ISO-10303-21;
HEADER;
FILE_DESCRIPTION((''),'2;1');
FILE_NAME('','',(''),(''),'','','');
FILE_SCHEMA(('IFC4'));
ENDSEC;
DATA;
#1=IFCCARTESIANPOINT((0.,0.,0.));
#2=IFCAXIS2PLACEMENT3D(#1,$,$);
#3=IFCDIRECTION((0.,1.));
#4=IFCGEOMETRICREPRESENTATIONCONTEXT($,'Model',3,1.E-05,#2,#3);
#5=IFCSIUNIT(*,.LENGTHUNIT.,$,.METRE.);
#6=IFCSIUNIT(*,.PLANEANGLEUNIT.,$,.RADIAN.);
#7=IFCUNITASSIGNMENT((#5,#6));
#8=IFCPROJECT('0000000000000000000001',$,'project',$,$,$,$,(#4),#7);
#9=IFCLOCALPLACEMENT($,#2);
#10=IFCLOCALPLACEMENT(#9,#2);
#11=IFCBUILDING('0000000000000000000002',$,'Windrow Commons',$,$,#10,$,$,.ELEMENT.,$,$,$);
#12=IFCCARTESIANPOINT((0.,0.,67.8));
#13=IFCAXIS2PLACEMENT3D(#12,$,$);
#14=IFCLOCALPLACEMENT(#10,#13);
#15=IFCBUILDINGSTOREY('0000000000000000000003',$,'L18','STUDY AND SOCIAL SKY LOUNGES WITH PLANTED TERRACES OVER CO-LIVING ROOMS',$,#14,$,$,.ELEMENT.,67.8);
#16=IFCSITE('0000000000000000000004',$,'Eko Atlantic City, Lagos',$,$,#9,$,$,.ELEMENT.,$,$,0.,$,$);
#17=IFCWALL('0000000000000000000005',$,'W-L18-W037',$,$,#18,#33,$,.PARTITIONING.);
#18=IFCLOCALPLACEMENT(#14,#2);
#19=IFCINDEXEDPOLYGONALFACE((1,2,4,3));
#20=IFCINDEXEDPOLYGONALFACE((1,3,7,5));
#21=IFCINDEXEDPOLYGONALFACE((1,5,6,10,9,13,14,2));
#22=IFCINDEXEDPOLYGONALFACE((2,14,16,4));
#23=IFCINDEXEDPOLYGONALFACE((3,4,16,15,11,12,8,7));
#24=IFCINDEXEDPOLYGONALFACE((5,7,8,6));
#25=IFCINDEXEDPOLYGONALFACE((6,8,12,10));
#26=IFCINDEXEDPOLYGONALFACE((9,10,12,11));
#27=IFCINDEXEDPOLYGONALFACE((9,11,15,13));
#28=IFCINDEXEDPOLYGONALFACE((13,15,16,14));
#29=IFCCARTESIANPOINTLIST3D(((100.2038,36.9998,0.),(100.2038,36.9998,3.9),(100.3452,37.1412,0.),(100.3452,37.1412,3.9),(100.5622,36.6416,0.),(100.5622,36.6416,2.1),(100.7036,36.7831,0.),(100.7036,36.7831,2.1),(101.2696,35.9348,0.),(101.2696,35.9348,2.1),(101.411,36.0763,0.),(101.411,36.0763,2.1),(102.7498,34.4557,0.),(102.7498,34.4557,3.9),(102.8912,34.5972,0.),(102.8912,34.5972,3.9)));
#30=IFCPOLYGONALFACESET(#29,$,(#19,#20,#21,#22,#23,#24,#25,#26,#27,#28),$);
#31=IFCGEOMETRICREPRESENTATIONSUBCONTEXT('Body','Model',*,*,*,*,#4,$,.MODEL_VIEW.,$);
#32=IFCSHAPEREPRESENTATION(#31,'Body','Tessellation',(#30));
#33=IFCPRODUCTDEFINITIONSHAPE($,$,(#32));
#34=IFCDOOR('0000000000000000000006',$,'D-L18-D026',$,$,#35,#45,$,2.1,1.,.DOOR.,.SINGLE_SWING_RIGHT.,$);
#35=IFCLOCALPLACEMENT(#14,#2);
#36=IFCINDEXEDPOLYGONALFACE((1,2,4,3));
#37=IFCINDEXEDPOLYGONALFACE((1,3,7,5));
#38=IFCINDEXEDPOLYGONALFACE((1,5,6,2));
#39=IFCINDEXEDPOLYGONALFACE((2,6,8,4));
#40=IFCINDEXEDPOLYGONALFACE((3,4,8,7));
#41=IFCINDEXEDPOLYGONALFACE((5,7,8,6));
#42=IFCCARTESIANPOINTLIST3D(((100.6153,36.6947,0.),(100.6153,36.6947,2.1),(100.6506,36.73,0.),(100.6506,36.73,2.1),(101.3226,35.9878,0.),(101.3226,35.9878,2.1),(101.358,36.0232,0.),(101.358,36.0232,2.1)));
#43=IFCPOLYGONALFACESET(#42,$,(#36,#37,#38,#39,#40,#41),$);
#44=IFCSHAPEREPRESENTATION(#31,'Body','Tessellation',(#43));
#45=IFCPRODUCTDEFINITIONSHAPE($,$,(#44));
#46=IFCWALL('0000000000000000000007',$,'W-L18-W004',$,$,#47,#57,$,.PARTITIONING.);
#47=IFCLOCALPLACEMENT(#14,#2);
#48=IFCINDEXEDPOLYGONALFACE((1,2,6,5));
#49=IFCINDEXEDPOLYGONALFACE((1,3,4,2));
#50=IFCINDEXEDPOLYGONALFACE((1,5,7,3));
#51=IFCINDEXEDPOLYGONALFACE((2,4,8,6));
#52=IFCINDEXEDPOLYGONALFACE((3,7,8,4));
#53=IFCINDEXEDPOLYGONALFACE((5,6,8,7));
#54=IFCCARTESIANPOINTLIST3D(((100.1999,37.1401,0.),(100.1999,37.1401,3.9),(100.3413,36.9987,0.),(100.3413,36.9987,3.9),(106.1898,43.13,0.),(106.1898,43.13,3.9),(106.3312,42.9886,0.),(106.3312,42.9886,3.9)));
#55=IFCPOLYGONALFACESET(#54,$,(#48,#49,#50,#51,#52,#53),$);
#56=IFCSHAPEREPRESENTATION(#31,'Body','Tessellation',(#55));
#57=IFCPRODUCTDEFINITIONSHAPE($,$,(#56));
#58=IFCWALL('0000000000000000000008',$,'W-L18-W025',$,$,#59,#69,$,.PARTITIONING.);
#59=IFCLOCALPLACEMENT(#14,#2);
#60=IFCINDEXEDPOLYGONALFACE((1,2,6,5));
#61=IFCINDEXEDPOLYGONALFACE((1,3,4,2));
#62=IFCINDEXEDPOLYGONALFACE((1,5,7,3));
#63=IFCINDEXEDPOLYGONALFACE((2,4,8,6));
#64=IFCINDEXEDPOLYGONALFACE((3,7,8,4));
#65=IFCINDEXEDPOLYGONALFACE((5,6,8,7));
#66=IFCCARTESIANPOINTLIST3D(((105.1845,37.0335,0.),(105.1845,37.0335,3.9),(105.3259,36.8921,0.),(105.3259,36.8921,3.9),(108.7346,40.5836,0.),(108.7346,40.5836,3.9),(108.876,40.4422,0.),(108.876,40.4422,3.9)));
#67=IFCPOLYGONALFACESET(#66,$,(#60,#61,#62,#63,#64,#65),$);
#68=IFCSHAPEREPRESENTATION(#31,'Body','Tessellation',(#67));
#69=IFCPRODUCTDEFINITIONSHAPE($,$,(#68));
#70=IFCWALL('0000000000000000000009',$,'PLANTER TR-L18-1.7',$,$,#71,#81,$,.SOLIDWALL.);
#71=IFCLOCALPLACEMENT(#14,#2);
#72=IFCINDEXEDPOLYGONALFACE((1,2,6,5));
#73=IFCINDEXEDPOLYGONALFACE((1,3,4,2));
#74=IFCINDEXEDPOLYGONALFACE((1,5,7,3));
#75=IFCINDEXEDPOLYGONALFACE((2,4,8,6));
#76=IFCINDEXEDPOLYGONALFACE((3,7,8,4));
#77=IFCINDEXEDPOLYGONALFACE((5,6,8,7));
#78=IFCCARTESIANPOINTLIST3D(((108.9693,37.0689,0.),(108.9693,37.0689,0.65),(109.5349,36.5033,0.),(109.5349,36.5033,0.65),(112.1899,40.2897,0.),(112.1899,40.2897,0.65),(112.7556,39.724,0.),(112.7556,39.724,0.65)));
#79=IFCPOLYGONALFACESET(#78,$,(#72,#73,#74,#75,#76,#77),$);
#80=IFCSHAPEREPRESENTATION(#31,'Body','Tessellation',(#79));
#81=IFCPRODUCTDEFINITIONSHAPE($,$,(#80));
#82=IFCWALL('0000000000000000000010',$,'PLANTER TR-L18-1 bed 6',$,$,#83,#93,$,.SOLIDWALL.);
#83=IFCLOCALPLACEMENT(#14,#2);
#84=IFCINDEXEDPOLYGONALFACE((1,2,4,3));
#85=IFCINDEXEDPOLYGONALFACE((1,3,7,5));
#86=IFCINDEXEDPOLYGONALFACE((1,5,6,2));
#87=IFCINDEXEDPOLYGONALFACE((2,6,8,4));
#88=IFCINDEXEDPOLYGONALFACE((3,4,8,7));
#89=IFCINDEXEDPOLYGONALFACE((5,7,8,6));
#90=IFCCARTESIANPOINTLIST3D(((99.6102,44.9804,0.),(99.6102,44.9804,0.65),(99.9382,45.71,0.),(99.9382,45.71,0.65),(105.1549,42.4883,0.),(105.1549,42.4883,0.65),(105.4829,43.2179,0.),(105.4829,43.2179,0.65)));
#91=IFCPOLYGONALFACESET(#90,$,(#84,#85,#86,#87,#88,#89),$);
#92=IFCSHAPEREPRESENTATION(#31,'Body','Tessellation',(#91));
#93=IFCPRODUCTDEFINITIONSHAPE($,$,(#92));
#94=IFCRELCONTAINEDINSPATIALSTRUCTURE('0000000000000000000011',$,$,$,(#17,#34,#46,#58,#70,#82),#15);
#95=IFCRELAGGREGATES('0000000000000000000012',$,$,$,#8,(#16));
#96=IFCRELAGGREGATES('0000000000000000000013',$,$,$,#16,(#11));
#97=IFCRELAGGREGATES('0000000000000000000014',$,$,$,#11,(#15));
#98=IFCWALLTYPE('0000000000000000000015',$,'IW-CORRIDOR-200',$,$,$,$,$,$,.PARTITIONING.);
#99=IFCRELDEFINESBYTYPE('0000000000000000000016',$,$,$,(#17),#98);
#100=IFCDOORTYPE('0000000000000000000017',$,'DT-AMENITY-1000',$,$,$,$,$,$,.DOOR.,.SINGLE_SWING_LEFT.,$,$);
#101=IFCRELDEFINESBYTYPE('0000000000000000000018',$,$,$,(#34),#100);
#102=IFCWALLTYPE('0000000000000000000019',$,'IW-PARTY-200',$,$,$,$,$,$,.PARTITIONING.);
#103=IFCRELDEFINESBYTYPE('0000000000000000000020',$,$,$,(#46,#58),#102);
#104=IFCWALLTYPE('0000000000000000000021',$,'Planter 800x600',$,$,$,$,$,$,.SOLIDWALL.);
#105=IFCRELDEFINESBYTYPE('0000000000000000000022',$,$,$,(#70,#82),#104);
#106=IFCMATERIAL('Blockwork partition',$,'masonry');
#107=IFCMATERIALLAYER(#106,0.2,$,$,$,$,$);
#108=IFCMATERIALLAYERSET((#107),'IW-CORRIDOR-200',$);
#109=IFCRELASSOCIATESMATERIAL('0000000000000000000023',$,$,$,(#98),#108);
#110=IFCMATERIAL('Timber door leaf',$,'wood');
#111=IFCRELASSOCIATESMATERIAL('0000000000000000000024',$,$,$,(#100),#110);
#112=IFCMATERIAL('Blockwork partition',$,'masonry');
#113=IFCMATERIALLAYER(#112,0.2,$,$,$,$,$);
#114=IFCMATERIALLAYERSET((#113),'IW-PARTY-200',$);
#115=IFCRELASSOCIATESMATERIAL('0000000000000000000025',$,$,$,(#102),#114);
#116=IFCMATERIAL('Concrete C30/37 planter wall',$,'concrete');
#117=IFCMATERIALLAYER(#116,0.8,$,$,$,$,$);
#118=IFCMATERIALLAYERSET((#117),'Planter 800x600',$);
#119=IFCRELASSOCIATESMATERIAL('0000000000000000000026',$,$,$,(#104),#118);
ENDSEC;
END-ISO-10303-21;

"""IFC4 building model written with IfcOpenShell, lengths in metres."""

from ifc_helpers import new_model, si_unit, direction, frame, frame_2d, origin, place, context, subcontext, project, spatial, rectangle, extrude, material, layer, layer_set, type_object, element, fill, save


model = new_model("IFC4")

# Units and contexts
model_context = context("Model", 3, precision=1e-05, world=origin(), true_north=direction((0.0, 1.0)))
body_context = subcontext(model_context, "Body", "Model", "MODEL_VIEW")
ifc_project = project(units=[si_unit("LENGTHUNIT", "METRE"), si_unit("PLANEANGLEUNIT", "RADIAN")], contexts=[model_context])

# Site, building, storey
site_placement = place(None, origin())
site = spatial("IfcSite", under=ifc_project, at=site_placement, Name="Eko Atlantic City, Lagos", CompositionType="ELEMENT", RefElevation=0.0)
building_placement = place(site_placement, origin())
building = spatial("IfcBuilding", under=site, at=building_placement, Name="Windrow Commons", CompositionType="ELEMENT")
storey_placement = place(building_placement, frame((0.0, 0.0, 67.8)))
storey = spatial("IfcBuildingStorey", under=building, at=storey_placement, Name="L18", Description="STUDY AND SOCIAL SKY LOUNGES WITH PLANTED TERRACES OVER CO-LIVING ROOMS", CompositionType="ELEMENT", Elevation=67.8)

# Wall, opening, door
ifc_material_1 = material(Name="Blockwork partition", Category="masonry")
ifc_layer_1 = layer(ifc_material_1, 0.2)
ifc_layer_set_1 = layer_set([ifc_layer_1], Name="IW-CORRIDOR-200")
wall_type_1 = type_object("IfcWallType", Name="IW-CORRIDOR-200", PredefinedType="PARTITIONING", material=ifc_layer_set_1)
wall_1_placement = place(storey_placement, frame((100.2745, 37.0705, 0.0), z_axis=(0.0, 0.0, 1.0), x_axis=(0.707385, -0.706829, 0.0)))
wall_1 = element("IfcWall", 1, at=wall_1_placement, inside=storey, type_object=wall_type_1, Name="W-L18-W037", PredefinedType="PARTITIONING", context=body_context, shape_type="SweptSolid", body=[
    extrude(rectangle(XDim=3.5992, YDim=0.2, at=frame_2d((1.7996, 0.0))), origin(), (0.0, 0.0, 1.0), 3.9),
])
opening_placement = place(wall_1_placement, frame((0.5067, 0.0, 0.0)))
opening = element("IfcOpeningElement", 2, at=opening_placement, cuts=wall_1, PredefinedType="OPENING", context=body_context, shape_type="SweptSolid", body=[
    extrude(rectangle(XDim=1.0, YDim=2.1, at=frame_2d((0.5, 1.05))), frame((0.0, 0.11, 0.0), z_axis=(0.0, -1.0, 0.0), x_axis=(1.0, 0.0, 0.0)), (0.0, 0.0, 1.0), 0.22),
])
ifc_material_2 = material(Name="Timber door leaf", Category="wood")
door_type = type_object("IfcDoorType", Name="DT-AMENITY-1000", OperationType="SINGLE_SWING_LEFT", PredefinedType="DOOR", material=ifc_material_2)
door_placement = place(opening_placement, origin())
door = element("IfcDoor", 3, at=door_placement, inside=storey, type_object=door_type, Name="D-L18-D026", OperationType="SINGLE_SWING_RIGHT", OverallHeight=2.1, OverallWidth=1.0, PredefinedType="DOOR", context=body_context, shape_type="SweptSolid", body=[
    extrude(rectangle(XDim=1.0, YDim=2.1, at=frame_2d((0.5, 1.05))), frame((0.0, 0.025, 0.0), z_axis=(0.0, -1.0, 0.0), x_axis=(1.0, 0.0, 0.0)), (0.0, 0.0, 1.0), 0.05),
])
fill(opening, door)

# Walls
ifc_material_3 = material(Name="Blockwork partition", Category="masonry")
ifc_layer_2 = layer(ifc_material_3, 0.2)
ifc_layer_set_2 = layer_set([ifc_layer_2], Name="IW-PARTY-200")
wall_type_2 = type_object("IfcWallType", Name="IW-PARTY-200", PredefinedType="PARTITIONING", material=ifc_layer_set_2)
wall_2_placement = place(storey_placement, frame((100.2706, 37.0694, 0.0), z_axis=(0.0, 0.0, 1.0), x_axis=(0.707107, 0.707107, 0.0)))
element("IfcWall", 4, at=wall_2_placement, inside=storey, type_object=wall_type_2, Name="W-L18-W004", PredefinedType="PARTITIONING", context=body_context, shape_type="SweptSolid", body=[
    extrude(rectangle(XDim=8.4711, YDim=0.2, at=frame_2d((4.2355, 0.0))), origin(), (0.0, 0.0, 1.0), 3.9),
])
wall_3_placement = place(storey_placement, frame((105.2552, 36.9628, 0.0), z_axis=(0.0, 0.0, 1.0), x_axis=(0.707107, 0.707107, 0.0)))
element("IfcWall", 5, at=wall_3_placement, inside=storey, type_object=wall_type_2, Name="W-L18-W025", PredefinedType="PARTITIONING", context=body_context, shape_type="SweptSolid", body=[
    extrude(rectangle(XDim=5.0205, YDim=0.2, at=frame_2d((2.5103, 0.0))), origin(), (0.0, 0.0, 1.0), 3.9),
])
ifc_material_4 = material(Name="Concrete C30/37 planter wall", Category="concrete")
ifc_layer_3 = layer(ifc_material_4, 0.8)
ifc_layer_set_3 = layer_set([ifc_layer_3], Name="Planter 800x600")
wall_type_3 = type_object("IfcWallType", Name="Planter 800x600", PredefinedType="SOLIDWALL", material=ifc_layer_set_3)
wall_4_placement = place(storey_placement, frame((109.2521, 36.7861, 0.0), z_axis=(0.0, 0.0, 1.0), x_axis=(0.707096, 0.707118, 0.0)))
element("IfcWall", 6, at=wall_4_placement, inside=storey, type_object=wall_type_3, Name="PLANTER TR-L18-1.7", PredefinedType="SOLIDWALL", context=body_context, shape_type="SweptSolid", body=[
    extrude(rectangle(XDim=4.5548, YDim=0.8, at=frame_2d((2.2774, 0.0))), origin(), (0.0, 0.0, 1.0), 0.65),
])
wall_5_placement = place(storey_placement, frame((105.3189, 42.8531, 0.0), z_axis=(0.0, 0.0, 1.0), x_axis=(-0.912107, 0.409952, 0.0)))
element("IfcWall", 7, at=wall_5_placement, inside=storey, type_object=wall_type_3, Name="PLANTER TR-L18-1 bed 6", PredefinedType="SOLIDWALL", context=body_context, shape_type="SweptSolid", body=[
    extrude(rectangle(XDim=6.079, YDim=0.8, at=frame_2d((3.0395, 0.0))), origin(), (0.0, 0.0, 1.0), 0.65),
])

save(model, "model.ifc")
